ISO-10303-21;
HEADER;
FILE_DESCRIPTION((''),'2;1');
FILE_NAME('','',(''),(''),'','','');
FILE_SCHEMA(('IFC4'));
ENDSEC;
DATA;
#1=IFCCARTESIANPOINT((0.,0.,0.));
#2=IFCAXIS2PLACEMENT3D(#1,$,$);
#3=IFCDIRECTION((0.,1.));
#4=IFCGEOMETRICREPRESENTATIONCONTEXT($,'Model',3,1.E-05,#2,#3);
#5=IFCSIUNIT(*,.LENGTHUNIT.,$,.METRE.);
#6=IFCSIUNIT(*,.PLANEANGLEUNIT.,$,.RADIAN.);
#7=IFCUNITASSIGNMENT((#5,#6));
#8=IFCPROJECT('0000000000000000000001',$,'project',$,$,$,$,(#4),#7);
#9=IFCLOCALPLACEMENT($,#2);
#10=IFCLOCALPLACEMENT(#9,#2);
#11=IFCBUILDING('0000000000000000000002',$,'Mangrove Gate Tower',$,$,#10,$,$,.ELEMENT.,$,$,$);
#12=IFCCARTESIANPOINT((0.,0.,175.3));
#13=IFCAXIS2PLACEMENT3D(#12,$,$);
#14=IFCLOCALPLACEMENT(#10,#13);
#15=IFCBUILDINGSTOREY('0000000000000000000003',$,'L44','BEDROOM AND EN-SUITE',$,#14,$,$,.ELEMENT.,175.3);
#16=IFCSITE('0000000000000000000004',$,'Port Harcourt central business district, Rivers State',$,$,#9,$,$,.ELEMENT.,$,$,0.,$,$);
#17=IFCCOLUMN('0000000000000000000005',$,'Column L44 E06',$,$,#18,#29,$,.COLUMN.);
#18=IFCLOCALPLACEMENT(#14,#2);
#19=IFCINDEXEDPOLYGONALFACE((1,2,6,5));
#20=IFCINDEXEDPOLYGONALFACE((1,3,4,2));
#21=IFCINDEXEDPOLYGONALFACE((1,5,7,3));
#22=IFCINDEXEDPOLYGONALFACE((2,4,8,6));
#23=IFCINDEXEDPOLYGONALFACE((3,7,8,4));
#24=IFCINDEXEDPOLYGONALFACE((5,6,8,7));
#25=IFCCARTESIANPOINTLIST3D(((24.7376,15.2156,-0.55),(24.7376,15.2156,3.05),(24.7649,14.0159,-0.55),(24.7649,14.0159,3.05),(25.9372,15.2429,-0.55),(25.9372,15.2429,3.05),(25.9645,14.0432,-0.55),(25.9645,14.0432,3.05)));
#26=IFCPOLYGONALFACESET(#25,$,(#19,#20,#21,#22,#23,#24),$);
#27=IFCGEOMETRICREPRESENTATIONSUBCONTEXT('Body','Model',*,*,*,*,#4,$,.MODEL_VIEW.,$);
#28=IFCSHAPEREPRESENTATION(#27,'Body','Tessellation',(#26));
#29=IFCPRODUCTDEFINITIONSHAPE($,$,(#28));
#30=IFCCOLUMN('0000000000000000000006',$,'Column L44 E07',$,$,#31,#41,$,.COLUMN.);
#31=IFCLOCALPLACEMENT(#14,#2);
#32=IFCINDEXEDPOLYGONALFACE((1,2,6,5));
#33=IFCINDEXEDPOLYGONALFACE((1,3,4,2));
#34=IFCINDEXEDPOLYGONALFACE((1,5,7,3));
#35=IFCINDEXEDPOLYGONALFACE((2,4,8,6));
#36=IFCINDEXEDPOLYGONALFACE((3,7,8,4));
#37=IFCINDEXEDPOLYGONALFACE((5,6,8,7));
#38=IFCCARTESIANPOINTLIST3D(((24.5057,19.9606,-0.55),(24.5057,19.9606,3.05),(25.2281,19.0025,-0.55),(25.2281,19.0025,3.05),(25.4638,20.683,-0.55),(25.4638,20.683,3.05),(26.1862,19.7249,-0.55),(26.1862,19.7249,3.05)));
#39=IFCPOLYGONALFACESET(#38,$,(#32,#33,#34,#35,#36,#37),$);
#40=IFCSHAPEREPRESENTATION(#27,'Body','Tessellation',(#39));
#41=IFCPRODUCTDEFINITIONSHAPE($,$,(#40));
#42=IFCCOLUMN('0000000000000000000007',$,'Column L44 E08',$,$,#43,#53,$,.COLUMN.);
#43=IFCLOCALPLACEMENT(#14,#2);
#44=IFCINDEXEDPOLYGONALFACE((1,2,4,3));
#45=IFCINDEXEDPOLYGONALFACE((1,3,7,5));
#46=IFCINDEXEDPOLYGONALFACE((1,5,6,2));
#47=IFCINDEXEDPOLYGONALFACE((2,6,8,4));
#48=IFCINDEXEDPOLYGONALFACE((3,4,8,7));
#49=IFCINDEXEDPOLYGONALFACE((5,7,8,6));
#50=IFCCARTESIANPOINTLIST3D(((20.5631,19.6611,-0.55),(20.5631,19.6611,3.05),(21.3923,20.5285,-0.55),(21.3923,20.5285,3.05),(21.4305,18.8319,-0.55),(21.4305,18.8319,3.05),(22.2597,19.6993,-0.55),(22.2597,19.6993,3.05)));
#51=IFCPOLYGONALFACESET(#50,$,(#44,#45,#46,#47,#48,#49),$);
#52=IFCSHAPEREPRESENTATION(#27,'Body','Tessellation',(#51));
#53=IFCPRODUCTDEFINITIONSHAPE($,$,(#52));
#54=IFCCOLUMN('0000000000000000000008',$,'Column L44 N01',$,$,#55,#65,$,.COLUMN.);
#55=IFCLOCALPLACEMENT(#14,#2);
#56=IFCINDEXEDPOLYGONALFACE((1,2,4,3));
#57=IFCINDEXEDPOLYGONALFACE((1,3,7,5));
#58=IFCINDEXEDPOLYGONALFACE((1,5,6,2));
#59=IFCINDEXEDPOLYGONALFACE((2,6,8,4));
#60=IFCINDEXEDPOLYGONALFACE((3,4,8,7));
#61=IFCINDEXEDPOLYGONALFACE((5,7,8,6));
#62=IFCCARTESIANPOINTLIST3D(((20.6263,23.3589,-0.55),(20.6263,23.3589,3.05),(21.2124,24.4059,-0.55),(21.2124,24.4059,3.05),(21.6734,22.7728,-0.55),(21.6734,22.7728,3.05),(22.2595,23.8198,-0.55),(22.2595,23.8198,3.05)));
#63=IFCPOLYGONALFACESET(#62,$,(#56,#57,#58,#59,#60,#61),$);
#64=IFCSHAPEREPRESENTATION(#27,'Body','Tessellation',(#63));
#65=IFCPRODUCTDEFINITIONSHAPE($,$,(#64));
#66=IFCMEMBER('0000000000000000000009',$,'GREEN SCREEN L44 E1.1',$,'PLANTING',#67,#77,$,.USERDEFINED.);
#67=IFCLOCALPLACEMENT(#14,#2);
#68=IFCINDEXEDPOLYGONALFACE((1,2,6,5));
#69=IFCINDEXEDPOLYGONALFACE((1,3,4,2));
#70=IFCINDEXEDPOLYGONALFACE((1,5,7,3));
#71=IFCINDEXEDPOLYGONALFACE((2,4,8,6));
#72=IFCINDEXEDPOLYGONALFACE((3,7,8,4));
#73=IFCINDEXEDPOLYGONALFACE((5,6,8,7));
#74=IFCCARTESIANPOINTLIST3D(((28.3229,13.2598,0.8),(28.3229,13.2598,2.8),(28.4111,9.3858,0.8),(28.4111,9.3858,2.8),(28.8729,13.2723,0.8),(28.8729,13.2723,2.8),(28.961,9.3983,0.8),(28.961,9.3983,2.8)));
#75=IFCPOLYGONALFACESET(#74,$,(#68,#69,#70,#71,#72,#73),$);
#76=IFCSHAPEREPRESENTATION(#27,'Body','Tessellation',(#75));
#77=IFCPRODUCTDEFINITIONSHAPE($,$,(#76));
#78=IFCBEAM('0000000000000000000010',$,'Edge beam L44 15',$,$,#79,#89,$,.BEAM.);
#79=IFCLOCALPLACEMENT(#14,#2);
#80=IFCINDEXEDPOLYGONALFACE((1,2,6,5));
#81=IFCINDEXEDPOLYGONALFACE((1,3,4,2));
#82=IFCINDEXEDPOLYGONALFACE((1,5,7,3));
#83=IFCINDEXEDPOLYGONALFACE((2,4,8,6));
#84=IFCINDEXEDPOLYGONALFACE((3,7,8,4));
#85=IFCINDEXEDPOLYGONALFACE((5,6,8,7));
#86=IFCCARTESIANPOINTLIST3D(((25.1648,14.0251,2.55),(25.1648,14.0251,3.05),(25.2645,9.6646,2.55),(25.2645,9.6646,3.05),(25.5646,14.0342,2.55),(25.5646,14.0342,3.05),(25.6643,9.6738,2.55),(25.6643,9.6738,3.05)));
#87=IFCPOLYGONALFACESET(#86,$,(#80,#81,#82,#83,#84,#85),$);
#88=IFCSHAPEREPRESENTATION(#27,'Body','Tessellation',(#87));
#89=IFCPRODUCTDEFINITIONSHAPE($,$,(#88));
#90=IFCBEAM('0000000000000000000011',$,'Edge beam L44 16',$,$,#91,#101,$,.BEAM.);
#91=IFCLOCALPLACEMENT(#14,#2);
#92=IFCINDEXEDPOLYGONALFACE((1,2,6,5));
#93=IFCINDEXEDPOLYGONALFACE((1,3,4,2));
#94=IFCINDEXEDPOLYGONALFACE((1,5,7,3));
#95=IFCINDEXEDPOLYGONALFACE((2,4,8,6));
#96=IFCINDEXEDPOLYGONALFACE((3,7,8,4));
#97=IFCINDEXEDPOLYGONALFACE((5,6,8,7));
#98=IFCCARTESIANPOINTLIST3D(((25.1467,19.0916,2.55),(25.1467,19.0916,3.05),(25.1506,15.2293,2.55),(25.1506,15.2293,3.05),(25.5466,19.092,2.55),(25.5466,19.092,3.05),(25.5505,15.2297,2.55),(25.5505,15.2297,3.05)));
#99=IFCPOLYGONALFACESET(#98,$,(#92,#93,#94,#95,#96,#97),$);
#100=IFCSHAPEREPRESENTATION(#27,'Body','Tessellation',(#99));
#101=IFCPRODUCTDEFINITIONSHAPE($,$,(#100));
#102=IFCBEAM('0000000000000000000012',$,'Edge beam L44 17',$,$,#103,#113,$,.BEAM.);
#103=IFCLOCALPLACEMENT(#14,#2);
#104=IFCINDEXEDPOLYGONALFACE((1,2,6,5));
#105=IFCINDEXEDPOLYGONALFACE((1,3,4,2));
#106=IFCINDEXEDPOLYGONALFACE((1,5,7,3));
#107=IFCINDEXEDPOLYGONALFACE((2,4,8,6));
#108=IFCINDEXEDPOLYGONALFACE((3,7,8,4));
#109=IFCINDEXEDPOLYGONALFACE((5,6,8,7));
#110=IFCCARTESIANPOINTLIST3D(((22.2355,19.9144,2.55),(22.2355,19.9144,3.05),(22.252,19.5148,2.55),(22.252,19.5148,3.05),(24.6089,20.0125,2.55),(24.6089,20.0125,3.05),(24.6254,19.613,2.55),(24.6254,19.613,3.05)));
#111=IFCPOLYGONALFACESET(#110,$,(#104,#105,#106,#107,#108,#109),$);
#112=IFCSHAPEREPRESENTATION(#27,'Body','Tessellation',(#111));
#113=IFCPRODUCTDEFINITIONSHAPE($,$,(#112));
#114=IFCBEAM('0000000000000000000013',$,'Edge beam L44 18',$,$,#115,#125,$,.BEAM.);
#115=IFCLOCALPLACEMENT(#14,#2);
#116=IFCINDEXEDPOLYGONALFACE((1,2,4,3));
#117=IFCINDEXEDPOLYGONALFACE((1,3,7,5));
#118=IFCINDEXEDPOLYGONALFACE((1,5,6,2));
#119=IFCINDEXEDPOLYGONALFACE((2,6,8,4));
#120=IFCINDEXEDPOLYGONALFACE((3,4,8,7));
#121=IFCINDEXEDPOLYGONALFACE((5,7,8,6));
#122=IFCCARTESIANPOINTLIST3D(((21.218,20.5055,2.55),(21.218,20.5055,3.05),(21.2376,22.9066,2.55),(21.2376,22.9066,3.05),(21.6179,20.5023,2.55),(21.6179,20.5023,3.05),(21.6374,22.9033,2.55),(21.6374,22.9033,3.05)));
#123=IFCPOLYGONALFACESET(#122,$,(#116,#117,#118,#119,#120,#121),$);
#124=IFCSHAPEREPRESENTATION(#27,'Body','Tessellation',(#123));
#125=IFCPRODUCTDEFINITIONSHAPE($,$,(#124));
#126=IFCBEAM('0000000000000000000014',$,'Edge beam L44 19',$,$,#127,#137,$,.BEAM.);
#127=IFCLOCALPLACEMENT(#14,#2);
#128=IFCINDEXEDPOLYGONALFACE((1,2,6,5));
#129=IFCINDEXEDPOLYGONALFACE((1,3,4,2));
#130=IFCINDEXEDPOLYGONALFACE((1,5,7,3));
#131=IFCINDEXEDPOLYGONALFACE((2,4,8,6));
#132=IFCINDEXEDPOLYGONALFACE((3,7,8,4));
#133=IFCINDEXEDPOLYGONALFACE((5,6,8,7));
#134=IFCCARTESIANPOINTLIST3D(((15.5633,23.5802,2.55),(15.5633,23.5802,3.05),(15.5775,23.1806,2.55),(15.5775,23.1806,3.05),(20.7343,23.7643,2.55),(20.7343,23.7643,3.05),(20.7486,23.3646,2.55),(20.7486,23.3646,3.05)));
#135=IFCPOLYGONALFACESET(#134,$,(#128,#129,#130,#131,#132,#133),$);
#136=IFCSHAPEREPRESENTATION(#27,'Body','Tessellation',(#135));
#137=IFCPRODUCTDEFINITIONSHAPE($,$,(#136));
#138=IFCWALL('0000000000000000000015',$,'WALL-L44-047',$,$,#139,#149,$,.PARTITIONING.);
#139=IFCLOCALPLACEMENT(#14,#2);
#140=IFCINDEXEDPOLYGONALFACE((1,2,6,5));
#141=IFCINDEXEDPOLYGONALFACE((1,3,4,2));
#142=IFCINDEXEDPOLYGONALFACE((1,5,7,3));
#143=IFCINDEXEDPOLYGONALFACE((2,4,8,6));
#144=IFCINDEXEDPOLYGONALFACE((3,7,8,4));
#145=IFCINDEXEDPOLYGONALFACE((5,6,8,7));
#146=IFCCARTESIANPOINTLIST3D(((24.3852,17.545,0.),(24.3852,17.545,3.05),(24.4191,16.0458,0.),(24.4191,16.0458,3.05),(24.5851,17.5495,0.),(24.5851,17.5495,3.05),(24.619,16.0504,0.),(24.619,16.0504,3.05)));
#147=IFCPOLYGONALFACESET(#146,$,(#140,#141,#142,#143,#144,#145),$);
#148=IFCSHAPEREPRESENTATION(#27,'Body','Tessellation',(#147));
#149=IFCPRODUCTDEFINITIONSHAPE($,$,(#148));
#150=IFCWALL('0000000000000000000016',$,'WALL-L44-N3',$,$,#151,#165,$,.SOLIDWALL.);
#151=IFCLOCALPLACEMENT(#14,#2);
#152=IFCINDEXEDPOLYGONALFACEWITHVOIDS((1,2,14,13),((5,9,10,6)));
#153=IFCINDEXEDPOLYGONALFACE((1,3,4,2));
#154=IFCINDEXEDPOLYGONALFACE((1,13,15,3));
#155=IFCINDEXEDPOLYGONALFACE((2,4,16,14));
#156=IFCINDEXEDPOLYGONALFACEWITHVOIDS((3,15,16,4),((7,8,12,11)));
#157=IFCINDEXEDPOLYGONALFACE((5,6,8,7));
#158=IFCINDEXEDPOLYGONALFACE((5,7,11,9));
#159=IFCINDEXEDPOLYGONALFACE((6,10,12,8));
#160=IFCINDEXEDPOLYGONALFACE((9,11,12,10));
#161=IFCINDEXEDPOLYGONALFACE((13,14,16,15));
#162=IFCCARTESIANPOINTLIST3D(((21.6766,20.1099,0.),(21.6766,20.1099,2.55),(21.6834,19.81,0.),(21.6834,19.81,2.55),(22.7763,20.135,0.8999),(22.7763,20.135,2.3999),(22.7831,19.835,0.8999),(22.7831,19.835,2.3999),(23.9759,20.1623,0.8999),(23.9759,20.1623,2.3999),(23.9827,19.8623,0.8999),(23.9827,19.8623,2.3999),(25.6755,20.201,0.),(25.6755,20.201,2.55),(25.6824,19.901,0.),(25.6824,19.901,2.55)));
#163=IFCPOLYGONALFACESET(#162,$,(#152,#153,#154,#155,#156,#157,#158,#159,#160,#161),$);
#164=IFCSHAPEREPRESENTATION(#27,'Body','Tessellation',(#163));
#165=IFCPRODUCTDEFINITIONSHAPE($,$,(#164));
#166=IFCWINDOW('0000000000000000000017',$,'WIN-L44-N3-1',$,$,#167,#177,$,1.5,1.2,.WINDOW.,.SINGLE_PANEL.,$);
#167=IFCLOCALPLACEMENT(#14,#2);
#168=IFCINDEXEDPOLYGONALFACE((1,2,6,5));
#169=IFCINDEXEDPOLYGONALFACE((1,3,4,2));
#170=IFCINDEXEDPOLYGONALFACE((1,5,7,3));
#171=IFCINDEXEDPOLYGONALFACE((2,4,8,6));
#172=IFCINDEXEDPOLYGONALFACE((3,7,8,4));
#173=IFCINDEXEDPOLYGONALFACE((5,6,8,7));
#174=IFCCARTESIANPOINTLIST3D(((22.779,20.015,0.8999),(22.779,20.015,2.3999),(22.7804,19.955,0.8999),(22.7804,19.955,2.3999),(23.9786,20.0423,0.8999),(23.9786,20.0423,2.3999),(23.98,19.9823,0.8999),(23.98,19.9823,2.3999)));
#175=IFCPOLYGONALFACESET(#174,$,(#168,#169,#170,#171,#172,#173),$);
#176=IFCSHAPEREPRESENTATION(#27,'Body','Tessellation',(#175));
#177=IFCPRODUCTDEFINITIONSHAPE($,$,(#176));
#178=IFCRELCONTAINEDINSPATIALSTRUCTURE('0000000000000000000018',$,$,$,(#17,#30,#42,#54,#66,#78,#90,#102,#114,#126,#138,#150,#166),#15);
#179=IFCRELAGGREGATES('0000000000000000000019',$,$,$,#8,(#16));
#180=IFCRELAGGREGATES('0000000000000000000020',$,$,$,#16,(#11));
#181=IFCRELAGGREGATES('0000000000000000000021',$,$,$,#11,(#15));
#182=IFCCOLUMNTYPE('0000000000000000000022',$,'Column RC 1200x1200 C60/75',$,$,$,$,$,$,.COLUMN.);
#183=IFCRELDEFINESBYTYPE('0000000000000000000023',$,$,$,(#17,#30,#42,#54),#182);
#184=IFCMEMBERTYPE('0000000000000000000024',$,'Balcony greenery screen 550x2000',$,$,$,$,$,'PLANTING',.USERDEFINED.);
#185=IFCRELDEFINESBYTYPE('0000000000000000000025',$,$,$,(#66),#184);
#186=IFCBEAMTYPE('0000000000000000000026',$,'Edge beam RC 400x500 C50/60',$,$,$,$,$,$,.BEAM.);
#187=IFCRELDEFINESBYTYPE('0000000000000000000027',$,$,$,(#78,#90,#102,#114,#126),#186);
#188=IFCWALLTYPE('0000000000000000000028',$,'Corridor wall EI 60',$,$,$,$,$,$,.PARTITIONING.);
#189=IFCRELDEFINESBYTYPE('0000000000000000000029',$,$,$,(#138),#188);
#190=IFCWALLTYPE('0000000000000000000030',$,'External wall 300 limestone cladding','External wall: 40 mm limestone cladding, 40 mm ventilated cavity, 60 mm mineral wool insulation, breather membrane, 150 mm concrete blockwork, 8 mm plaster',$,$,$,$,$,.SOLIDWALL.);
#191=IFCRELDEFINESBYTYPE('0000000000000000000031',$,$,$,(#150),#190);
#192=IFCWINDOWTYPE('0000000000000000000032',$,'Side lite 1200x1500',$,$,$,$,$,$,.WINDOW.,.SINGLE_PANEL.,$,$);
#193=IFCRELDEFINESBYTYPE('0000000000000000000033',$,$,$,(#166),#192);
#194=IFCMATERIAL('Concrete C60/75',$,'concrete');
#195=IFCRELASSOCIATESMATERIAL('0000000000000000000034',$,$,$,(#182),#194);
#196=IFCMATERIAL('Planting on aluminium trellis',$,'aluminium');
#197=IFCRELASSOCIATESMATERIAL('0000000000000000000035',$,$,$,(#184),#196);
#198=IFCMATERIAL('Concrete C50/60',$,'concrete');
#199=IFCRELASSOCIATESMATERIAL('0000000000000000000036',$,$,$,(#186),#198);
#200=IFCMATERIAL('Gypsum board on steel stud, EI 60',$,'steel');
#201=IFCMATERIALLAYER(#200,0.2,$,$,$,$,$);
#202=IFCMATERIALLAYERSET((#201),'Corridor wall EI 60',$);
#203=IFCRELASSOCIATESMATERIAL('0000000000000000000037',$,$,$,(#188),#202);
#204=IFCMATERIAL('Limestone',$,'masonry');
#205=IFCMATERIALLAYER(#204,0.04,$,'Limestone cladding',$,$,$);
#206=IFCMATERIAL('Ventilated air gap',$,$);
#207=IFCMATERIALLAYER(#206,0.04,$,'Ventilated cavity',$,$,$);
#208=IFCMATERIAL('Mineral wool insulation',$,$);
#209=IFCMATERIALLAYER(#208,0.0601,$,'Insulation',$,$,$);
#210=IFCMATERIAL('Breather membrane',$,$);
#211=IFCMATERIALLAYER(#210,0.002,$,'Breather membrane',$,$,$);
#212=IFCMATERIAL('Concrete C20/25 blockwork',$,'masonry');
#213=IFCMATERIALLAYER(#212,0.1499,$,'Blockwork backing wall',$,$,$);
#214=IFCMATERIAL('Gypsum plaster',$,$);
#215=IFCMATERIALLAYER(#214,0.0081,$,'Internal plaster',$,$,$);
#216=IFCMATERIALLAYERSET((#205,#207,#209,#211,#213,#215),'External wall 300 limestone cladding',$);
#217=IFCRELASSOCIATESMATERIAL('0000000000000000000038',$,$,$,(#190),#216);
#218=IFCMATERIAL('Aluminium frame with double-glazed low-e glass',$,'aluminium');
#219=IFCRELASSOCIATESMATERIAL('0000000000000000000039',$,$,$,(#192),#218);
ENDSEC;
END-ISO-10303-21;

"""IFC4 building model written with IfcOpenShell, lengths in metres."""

from ifc_helpers import new_model, si_unit, direction, frame, frame_2d, origin, origin_2d, place, context, subcontext, project, spatial, rectangle, extrude, material, layer, layer_set, material_profile, profile_set, type_object, element, fill, save


model = new_model("IFC4")

# Units and contexts
model_context = context("Model", 3, precision=1e-05, world=origin(), true_north=direction((0.0, 1.0)))
body_context = subcontext(model_context, "Body", "Model", "MODEL_VIEW")
ifc_project = project(units=[si_unit("LENGTHUNIT", "METRE"), si_unit("PLANEANGLEUNIT", "RADIAN")], contexts=[model_context])

# Site, building, storey
site_placement = place(None, origin())
site = spatial("IfcSite", under=ifc_project, at=site_placement, Name="Port Harcourt central business district, Rivers State", CompositionType="ELEMENT", RefElevation=0.0)
building_placement = place(site_placement, origin())
building = spatial("IfcBuilding", under=site, at=building_placement, Name="Mangrove Gate Tower", CompositionType="ELEMENT")
storey_placement = place(building_placement, frame((0.0, 0.0, 175.3)))
storey = spatial("IfcBuildingStorey", under=building, at=storey_placement, Name="L44", Description="BEDROOM AND EN-SUITE", CompositionType="ELEMENT", Elevation=175.3)

# Columns
ifc_material_1 = material(Name="Concrete C60/75", Category="concrete")
ifc_material_profile_1 = material_profile(ifc_material_1, rectangle(XDim=1.2, YDim=1.2, at=origin_2d()))
ifc_profile_set_1 = profile_set([ifc_material_profile_1], Name="Concrete C60/75")
column_type = type_object("IfcColumnType", Name="Column RC 1200x1200 C60/75", PredefinedType="COLUMN", material=ifc_profile_set_1)
for number, where, z_axis, x_axis, name in (
    (1, (25.3511, 14.6294, -0.55), (0.0, 0.0, 1.0), (-0.022744, 0.999741, 0.0), "Column L44 E06"),
    (2, (25.3459, 19.8428, -0.55), (0.0, 0.0, 1.0), (-0.60203, 0.798474, 0.0), "Column L44 E07"),
    (3, (21.4114, 19.6802, -0.55), (0.0, 0.0, 1.0), (-0.722838, 0.691018, 0.0), "Column L44 E08"),
    (4, (21.4429, 23.5894, -0.55), (0.0, 0.0, 1.0), (-0.872595, 0.488445, 0.0), "Column L44 N01"),
):
    element("IfcColumn", number, at=place(storey_placement, frame(where, z_axis=z_axis, x_axis=x_axis)), inside=storey, type_object=column_type, Name=name, PredefinedType="COLUMN", context=body_context, shape_type="SweptSolid", body=[
        extrude(rectangle(XDim=1.2, YDim=1.2, at=origin_2d()), origin(), (0.0, 0.0, 1.0), 3.6001),
    ])

# Member
ifc_material_2 = material(Name="Planting on aluminium trellis", Category="aluminium")
ifc_material_profile_2 = material_profile(ifc_material_2, rectangle(XDim=0.55, YDim=2.0, at=origin_2d()))
ifc_profile_set_2 = profile_set([ifc_material_profile_2], Name="Planting on aluminium trellis")
member_type = type_object("IfcMemberType", Name="Balcony greenery screen 550x2000", ElementType="PLANTING", PredefinedType="USERDEFINED", material=ifc_profile_set_2)
member_placement = place(storey_placement, frame((28.686, 9.3921, 1.8), z_axis=(-0.022744, 0.999741, 0.0), x_axis=(-0.999741, -0.022744, 0.0)))
element("IfcMember", 5, at=member_placement, inside=storey, type_object=member_type, Name="GREEN SCREEN L44 E1.1", ObjectType="PLANTING", PredefinedType="USERDEFINED", context=body_context, shape_type="SweptSolid", body=[
    extrude(rectangle(XDim=0.55, YDim=2.0, at=origin_2d()), origin(), (0.0, 0.0, 1.0), 3.875),
])

# Beams
ifc_material_3 = material(Name="Concrete C50/60", Category="concrete")
ifc_material_profile_3 = material_profile(ifc_material_3, rectangle(XDim=0.3999, YDim=0.5, at=origin_2d()))
ifc_profile_set_3 = profile_set([ifc_material_profile_3], Name="Concrete C50/60")
beam_type = type_object("IfcBeamType", Name="Edge beam RC 400x500 C50/60", PredefinedType="BEAM", material=ifc_profile_set_3)
beam_1_placement = place(storey_placement, frame((25.4644, 9.6692, 2.8), z_axis=(-0.022838, 0.999739, 0.0), x_axis=(-0.999739, -0.022838, 0.0)))
element("IfcBeam", 6, at=beam_1_placement, inside=storey, type_object=beam_type, Name="Edge beam L44 15", PredefinedType="BEAM", context=body_context, shape_type="SweptSolid", body=[
    extrude(rectangle(XDim=0.3999, YDim=0.5, at=origin_2d()), origin(), (0.0, 0.0, 1.0), 4.3616),
])
beam_2_placement = place(storey_placement, frame((25.3506, 15.2295, 2.8), z_axis=(-0.001011, 0.999999, 0.0), x_axis=(-0.999999, -0.001011, 0.0)))
element("IfcBeam", 7, at=beam_2_placement, inside=storey, type_object=beam_type, Name="Edge beam L44 16", PredefinedType="BEAM", context=body_context, shape_type="SweptSolid", body=[
    extrude(rectangle(XDim=0.3999, YDim=0.5, at=origin_2d()), origin(), (0.0, 0.0, 1.0), 3.8623),
])
beam_3_placement = place(storey_placement, frame((24.6172, 19.8127, 2.8), z_axis=(-0.999146, -0.041314, 0.0), x_axis=(0.041314, -0.999146, 0.0)))
element("IfcBeam", 8, at=beam_3_placement, inside=storey, type_object=beam_type, Name="Edge beam L44 17", PredefinedType="BEAM", context=body_context, shape_type="SweptSolid", body=[
    extrude(rectangle(XDim=0.3999, YDim=0.5, at=origin_2d()), origin(), (0.0, 0.0, 1.0), 2.3755),
])
beam_4_placement = place(storey_placement, frame((21.418, 20.5039, 2.8), z_axis=(0.008134, 0.999967, 0.0), x_axis=(-0.999967, 0.008134, 0.0)))
element("IfcBeam", 9, at=beam_4_placement, inside=storey, type_object=beam_type, Name="Edge beam L44 18", PredefinedType="BEAM", context=body_context, shape_type="SweptSolid", body=[
    extrude(rectangle(XDim=0.3999, YDim=0.5, at=origin_2d()), origin(), (0.0, 0.0, 1.0), 2.4011),
])
beam_5_placement = place(storey_placement, frame((20.7415, 23.5645, 2.8), z_axis=(-0.999367, -0.035575, 0.0), x_axis=(0.035575, -0.999367, 0.0)))
element("IfcBeam", 10, at=beam_5_placement, inside=storey, type_object=beam_type, Name="Edge beam L44 19", PredefinedType="BEAM", context=body_context, shape_type="SweptSolid", body=[
    extrude(rectangle(XDim=0.3999, YDim=0.5, at=origin_2d()), origin(), (0.0, 0.0, 1.0), 5.1743),
])

# Wall
ifc_material_4 = material(Name="Gypsum board on steel stud, EI 60", Category="steel")
ifc_layer_1 = layer(ifc_material_4, 0.2)
ifc_layer_set_1 = layer_set([ifc_layer_1], Name="Corridor wall EI 60")
wall_type_1 = type_object("IfcWallType", Name="Corridor wall EI 60", PredefinedType="PARTITIONING", material=ifc_layer_set_1)
wall_1_placement = place(storey_placement, frame((24.519, 16.0481, 0.0), z_axis=(0.0, 0.0, 1.0), x_axis=(-0.022633, 0.999744, 0.0)))
element("IfcWall", 11, at=wall_1_placement, inside=storey, type_object=wall_type_1, Name="WALL-L44-047", PredefinedType="PARTITIONING", context=body_context, shape_type="SweptSolid", body=[
    extrude(rectangle(XDim=1.4995, YDim=0.2, at=frame_2d((0.7498, 0.0))), origin(), (0.0, 0.0, 1.0), 3.05),
])

# Wall, opening, window
ifc_material_5 = material(Name="Limestone", Category="masonry")
ifc_layer_2 = layer(ifc_material_5, 0.04, Name="Limestone cladding")
ifc_material_6 = material(Name="Ventilated air gap")
ifc_layer_3 = layer(ifc_material_6, 0.04, Name="Ventilated cavity")
ifc_material_7 = material(Name="Mineral wool insulation")
ifc_layer_4 = layer(ifc_material_7, 0.0601, Name="Insulation")
ifc_material_8 = material(Name="Breather membrane")
ifc_layer_5 = layer(ifc_material_8, 0.002, Name="Breather membrane")
ifc_material_9 = material(Name="Concrete C20/25 blockwork", Category="masonry")
ifc_layer_6 = layer(ifc_material_9, 0.1499, Name="Blockwork backing wall")
ifc_material_10 = material(Name="Gypsum plaster")
ifc_layer_7 = layer(ifc_material_10, 0.0081, Name="Internal plaster")
ifc_layer_set_2 = layer_set([ifc_layer_2, ifc_layer_3, ifc_layer_4, ifc_layer_5, ifc_layer_6, ifc_layer_7], Name="External wall 300 limestone cladding")
wall_type_2 = type_object("IfcWallType", Name="External wall 300 limestone cladding", Description="External wall: 40 mm limestone cladding, 40 mm ventilated cavity, 60 mm mineral wool insulation, breather membrane, 150 mm concrete blockwork, 8 mm plaster", PredefinedType="SOLIDWALL", material=ifc_layer_set_2)
wall_2_placement = place(storey_placement, frame((25.679, 20.051, 0.0), z_axis=(0.0, 0.0, 1.0), x_axis=(-0.999741, -0.022766, 0.0)))
wall_2 = element("IfcWall", 12, at=wall_2_placement, inside=storey, type_object=wall_type_2, Name="WALL-L44-N3", PredefinedType="SOLIDWALL", context=body_context, shape_type="SweptSolid", body=[
    extrude(rectangle(XDim=4.0, YDim=0.3, at=frame_2d((2.0, 0.0))), origin(), (0.0, 0.0, 1.0), 2.55),
])
opening_1_placement = place(wall_2_placement, frame((1.7, 0.0, 0.8999)))
opening_1 = element("IfcOpeningElement", 13, at=opening_1_placement, cuts=wall_2, PredefinedType="OPENING", context=body_context, shape_type="SweptSolid", body=[
    extrude(rectangle(XDim=1.2, YDim=1.5, at=frame_2d((0.6001, 0.75))), frame((0.0, 0.1599, 0.0), z_axis=(0.0, -1.0, 0.0), x_axis=(1.0, 0.0, 0.0)), (0.0, 0.0, 1.0), 0.3201),
])
ifc_material_11 = material(Name="Aluminium frame with double-glazed low-e glass", Category="aluminium")
window_type_1 = type_object("IfcWindowType", Name="Side lite 1200x1500", PartitioningType="SINGLE_PANEL", PredefinedType="WINDOW", material=ifc_material_11)
window_1_placement = place(opening_1_placement, origin())
window_1 = element("IfcWindow", 14, at=window_1_placement, inside=storey, type_object=window_type_1, Name="WIN-L44-N3-1", OverallHeight=1.5, OverallWidth=1.2, PartitioningType="SINGLE_PANEL", PredefinedType="WINDOW", context=body_context, shape_type="SweptSolid", body=[
    extrude(rectangle(XDim=1.2, YDim=1.5, at=frame_2d((0.6001, 0.75))), frame((0.0, 0.03, 0.0), z_axis=(0.0, -1.0, 0.0), x_axis=(1.0, 0.0, 0.0)), (0.0, 0.0, 1.0), 0.0601),
])
fill(opening_1, window_1)

save(model, "model.ifc")
